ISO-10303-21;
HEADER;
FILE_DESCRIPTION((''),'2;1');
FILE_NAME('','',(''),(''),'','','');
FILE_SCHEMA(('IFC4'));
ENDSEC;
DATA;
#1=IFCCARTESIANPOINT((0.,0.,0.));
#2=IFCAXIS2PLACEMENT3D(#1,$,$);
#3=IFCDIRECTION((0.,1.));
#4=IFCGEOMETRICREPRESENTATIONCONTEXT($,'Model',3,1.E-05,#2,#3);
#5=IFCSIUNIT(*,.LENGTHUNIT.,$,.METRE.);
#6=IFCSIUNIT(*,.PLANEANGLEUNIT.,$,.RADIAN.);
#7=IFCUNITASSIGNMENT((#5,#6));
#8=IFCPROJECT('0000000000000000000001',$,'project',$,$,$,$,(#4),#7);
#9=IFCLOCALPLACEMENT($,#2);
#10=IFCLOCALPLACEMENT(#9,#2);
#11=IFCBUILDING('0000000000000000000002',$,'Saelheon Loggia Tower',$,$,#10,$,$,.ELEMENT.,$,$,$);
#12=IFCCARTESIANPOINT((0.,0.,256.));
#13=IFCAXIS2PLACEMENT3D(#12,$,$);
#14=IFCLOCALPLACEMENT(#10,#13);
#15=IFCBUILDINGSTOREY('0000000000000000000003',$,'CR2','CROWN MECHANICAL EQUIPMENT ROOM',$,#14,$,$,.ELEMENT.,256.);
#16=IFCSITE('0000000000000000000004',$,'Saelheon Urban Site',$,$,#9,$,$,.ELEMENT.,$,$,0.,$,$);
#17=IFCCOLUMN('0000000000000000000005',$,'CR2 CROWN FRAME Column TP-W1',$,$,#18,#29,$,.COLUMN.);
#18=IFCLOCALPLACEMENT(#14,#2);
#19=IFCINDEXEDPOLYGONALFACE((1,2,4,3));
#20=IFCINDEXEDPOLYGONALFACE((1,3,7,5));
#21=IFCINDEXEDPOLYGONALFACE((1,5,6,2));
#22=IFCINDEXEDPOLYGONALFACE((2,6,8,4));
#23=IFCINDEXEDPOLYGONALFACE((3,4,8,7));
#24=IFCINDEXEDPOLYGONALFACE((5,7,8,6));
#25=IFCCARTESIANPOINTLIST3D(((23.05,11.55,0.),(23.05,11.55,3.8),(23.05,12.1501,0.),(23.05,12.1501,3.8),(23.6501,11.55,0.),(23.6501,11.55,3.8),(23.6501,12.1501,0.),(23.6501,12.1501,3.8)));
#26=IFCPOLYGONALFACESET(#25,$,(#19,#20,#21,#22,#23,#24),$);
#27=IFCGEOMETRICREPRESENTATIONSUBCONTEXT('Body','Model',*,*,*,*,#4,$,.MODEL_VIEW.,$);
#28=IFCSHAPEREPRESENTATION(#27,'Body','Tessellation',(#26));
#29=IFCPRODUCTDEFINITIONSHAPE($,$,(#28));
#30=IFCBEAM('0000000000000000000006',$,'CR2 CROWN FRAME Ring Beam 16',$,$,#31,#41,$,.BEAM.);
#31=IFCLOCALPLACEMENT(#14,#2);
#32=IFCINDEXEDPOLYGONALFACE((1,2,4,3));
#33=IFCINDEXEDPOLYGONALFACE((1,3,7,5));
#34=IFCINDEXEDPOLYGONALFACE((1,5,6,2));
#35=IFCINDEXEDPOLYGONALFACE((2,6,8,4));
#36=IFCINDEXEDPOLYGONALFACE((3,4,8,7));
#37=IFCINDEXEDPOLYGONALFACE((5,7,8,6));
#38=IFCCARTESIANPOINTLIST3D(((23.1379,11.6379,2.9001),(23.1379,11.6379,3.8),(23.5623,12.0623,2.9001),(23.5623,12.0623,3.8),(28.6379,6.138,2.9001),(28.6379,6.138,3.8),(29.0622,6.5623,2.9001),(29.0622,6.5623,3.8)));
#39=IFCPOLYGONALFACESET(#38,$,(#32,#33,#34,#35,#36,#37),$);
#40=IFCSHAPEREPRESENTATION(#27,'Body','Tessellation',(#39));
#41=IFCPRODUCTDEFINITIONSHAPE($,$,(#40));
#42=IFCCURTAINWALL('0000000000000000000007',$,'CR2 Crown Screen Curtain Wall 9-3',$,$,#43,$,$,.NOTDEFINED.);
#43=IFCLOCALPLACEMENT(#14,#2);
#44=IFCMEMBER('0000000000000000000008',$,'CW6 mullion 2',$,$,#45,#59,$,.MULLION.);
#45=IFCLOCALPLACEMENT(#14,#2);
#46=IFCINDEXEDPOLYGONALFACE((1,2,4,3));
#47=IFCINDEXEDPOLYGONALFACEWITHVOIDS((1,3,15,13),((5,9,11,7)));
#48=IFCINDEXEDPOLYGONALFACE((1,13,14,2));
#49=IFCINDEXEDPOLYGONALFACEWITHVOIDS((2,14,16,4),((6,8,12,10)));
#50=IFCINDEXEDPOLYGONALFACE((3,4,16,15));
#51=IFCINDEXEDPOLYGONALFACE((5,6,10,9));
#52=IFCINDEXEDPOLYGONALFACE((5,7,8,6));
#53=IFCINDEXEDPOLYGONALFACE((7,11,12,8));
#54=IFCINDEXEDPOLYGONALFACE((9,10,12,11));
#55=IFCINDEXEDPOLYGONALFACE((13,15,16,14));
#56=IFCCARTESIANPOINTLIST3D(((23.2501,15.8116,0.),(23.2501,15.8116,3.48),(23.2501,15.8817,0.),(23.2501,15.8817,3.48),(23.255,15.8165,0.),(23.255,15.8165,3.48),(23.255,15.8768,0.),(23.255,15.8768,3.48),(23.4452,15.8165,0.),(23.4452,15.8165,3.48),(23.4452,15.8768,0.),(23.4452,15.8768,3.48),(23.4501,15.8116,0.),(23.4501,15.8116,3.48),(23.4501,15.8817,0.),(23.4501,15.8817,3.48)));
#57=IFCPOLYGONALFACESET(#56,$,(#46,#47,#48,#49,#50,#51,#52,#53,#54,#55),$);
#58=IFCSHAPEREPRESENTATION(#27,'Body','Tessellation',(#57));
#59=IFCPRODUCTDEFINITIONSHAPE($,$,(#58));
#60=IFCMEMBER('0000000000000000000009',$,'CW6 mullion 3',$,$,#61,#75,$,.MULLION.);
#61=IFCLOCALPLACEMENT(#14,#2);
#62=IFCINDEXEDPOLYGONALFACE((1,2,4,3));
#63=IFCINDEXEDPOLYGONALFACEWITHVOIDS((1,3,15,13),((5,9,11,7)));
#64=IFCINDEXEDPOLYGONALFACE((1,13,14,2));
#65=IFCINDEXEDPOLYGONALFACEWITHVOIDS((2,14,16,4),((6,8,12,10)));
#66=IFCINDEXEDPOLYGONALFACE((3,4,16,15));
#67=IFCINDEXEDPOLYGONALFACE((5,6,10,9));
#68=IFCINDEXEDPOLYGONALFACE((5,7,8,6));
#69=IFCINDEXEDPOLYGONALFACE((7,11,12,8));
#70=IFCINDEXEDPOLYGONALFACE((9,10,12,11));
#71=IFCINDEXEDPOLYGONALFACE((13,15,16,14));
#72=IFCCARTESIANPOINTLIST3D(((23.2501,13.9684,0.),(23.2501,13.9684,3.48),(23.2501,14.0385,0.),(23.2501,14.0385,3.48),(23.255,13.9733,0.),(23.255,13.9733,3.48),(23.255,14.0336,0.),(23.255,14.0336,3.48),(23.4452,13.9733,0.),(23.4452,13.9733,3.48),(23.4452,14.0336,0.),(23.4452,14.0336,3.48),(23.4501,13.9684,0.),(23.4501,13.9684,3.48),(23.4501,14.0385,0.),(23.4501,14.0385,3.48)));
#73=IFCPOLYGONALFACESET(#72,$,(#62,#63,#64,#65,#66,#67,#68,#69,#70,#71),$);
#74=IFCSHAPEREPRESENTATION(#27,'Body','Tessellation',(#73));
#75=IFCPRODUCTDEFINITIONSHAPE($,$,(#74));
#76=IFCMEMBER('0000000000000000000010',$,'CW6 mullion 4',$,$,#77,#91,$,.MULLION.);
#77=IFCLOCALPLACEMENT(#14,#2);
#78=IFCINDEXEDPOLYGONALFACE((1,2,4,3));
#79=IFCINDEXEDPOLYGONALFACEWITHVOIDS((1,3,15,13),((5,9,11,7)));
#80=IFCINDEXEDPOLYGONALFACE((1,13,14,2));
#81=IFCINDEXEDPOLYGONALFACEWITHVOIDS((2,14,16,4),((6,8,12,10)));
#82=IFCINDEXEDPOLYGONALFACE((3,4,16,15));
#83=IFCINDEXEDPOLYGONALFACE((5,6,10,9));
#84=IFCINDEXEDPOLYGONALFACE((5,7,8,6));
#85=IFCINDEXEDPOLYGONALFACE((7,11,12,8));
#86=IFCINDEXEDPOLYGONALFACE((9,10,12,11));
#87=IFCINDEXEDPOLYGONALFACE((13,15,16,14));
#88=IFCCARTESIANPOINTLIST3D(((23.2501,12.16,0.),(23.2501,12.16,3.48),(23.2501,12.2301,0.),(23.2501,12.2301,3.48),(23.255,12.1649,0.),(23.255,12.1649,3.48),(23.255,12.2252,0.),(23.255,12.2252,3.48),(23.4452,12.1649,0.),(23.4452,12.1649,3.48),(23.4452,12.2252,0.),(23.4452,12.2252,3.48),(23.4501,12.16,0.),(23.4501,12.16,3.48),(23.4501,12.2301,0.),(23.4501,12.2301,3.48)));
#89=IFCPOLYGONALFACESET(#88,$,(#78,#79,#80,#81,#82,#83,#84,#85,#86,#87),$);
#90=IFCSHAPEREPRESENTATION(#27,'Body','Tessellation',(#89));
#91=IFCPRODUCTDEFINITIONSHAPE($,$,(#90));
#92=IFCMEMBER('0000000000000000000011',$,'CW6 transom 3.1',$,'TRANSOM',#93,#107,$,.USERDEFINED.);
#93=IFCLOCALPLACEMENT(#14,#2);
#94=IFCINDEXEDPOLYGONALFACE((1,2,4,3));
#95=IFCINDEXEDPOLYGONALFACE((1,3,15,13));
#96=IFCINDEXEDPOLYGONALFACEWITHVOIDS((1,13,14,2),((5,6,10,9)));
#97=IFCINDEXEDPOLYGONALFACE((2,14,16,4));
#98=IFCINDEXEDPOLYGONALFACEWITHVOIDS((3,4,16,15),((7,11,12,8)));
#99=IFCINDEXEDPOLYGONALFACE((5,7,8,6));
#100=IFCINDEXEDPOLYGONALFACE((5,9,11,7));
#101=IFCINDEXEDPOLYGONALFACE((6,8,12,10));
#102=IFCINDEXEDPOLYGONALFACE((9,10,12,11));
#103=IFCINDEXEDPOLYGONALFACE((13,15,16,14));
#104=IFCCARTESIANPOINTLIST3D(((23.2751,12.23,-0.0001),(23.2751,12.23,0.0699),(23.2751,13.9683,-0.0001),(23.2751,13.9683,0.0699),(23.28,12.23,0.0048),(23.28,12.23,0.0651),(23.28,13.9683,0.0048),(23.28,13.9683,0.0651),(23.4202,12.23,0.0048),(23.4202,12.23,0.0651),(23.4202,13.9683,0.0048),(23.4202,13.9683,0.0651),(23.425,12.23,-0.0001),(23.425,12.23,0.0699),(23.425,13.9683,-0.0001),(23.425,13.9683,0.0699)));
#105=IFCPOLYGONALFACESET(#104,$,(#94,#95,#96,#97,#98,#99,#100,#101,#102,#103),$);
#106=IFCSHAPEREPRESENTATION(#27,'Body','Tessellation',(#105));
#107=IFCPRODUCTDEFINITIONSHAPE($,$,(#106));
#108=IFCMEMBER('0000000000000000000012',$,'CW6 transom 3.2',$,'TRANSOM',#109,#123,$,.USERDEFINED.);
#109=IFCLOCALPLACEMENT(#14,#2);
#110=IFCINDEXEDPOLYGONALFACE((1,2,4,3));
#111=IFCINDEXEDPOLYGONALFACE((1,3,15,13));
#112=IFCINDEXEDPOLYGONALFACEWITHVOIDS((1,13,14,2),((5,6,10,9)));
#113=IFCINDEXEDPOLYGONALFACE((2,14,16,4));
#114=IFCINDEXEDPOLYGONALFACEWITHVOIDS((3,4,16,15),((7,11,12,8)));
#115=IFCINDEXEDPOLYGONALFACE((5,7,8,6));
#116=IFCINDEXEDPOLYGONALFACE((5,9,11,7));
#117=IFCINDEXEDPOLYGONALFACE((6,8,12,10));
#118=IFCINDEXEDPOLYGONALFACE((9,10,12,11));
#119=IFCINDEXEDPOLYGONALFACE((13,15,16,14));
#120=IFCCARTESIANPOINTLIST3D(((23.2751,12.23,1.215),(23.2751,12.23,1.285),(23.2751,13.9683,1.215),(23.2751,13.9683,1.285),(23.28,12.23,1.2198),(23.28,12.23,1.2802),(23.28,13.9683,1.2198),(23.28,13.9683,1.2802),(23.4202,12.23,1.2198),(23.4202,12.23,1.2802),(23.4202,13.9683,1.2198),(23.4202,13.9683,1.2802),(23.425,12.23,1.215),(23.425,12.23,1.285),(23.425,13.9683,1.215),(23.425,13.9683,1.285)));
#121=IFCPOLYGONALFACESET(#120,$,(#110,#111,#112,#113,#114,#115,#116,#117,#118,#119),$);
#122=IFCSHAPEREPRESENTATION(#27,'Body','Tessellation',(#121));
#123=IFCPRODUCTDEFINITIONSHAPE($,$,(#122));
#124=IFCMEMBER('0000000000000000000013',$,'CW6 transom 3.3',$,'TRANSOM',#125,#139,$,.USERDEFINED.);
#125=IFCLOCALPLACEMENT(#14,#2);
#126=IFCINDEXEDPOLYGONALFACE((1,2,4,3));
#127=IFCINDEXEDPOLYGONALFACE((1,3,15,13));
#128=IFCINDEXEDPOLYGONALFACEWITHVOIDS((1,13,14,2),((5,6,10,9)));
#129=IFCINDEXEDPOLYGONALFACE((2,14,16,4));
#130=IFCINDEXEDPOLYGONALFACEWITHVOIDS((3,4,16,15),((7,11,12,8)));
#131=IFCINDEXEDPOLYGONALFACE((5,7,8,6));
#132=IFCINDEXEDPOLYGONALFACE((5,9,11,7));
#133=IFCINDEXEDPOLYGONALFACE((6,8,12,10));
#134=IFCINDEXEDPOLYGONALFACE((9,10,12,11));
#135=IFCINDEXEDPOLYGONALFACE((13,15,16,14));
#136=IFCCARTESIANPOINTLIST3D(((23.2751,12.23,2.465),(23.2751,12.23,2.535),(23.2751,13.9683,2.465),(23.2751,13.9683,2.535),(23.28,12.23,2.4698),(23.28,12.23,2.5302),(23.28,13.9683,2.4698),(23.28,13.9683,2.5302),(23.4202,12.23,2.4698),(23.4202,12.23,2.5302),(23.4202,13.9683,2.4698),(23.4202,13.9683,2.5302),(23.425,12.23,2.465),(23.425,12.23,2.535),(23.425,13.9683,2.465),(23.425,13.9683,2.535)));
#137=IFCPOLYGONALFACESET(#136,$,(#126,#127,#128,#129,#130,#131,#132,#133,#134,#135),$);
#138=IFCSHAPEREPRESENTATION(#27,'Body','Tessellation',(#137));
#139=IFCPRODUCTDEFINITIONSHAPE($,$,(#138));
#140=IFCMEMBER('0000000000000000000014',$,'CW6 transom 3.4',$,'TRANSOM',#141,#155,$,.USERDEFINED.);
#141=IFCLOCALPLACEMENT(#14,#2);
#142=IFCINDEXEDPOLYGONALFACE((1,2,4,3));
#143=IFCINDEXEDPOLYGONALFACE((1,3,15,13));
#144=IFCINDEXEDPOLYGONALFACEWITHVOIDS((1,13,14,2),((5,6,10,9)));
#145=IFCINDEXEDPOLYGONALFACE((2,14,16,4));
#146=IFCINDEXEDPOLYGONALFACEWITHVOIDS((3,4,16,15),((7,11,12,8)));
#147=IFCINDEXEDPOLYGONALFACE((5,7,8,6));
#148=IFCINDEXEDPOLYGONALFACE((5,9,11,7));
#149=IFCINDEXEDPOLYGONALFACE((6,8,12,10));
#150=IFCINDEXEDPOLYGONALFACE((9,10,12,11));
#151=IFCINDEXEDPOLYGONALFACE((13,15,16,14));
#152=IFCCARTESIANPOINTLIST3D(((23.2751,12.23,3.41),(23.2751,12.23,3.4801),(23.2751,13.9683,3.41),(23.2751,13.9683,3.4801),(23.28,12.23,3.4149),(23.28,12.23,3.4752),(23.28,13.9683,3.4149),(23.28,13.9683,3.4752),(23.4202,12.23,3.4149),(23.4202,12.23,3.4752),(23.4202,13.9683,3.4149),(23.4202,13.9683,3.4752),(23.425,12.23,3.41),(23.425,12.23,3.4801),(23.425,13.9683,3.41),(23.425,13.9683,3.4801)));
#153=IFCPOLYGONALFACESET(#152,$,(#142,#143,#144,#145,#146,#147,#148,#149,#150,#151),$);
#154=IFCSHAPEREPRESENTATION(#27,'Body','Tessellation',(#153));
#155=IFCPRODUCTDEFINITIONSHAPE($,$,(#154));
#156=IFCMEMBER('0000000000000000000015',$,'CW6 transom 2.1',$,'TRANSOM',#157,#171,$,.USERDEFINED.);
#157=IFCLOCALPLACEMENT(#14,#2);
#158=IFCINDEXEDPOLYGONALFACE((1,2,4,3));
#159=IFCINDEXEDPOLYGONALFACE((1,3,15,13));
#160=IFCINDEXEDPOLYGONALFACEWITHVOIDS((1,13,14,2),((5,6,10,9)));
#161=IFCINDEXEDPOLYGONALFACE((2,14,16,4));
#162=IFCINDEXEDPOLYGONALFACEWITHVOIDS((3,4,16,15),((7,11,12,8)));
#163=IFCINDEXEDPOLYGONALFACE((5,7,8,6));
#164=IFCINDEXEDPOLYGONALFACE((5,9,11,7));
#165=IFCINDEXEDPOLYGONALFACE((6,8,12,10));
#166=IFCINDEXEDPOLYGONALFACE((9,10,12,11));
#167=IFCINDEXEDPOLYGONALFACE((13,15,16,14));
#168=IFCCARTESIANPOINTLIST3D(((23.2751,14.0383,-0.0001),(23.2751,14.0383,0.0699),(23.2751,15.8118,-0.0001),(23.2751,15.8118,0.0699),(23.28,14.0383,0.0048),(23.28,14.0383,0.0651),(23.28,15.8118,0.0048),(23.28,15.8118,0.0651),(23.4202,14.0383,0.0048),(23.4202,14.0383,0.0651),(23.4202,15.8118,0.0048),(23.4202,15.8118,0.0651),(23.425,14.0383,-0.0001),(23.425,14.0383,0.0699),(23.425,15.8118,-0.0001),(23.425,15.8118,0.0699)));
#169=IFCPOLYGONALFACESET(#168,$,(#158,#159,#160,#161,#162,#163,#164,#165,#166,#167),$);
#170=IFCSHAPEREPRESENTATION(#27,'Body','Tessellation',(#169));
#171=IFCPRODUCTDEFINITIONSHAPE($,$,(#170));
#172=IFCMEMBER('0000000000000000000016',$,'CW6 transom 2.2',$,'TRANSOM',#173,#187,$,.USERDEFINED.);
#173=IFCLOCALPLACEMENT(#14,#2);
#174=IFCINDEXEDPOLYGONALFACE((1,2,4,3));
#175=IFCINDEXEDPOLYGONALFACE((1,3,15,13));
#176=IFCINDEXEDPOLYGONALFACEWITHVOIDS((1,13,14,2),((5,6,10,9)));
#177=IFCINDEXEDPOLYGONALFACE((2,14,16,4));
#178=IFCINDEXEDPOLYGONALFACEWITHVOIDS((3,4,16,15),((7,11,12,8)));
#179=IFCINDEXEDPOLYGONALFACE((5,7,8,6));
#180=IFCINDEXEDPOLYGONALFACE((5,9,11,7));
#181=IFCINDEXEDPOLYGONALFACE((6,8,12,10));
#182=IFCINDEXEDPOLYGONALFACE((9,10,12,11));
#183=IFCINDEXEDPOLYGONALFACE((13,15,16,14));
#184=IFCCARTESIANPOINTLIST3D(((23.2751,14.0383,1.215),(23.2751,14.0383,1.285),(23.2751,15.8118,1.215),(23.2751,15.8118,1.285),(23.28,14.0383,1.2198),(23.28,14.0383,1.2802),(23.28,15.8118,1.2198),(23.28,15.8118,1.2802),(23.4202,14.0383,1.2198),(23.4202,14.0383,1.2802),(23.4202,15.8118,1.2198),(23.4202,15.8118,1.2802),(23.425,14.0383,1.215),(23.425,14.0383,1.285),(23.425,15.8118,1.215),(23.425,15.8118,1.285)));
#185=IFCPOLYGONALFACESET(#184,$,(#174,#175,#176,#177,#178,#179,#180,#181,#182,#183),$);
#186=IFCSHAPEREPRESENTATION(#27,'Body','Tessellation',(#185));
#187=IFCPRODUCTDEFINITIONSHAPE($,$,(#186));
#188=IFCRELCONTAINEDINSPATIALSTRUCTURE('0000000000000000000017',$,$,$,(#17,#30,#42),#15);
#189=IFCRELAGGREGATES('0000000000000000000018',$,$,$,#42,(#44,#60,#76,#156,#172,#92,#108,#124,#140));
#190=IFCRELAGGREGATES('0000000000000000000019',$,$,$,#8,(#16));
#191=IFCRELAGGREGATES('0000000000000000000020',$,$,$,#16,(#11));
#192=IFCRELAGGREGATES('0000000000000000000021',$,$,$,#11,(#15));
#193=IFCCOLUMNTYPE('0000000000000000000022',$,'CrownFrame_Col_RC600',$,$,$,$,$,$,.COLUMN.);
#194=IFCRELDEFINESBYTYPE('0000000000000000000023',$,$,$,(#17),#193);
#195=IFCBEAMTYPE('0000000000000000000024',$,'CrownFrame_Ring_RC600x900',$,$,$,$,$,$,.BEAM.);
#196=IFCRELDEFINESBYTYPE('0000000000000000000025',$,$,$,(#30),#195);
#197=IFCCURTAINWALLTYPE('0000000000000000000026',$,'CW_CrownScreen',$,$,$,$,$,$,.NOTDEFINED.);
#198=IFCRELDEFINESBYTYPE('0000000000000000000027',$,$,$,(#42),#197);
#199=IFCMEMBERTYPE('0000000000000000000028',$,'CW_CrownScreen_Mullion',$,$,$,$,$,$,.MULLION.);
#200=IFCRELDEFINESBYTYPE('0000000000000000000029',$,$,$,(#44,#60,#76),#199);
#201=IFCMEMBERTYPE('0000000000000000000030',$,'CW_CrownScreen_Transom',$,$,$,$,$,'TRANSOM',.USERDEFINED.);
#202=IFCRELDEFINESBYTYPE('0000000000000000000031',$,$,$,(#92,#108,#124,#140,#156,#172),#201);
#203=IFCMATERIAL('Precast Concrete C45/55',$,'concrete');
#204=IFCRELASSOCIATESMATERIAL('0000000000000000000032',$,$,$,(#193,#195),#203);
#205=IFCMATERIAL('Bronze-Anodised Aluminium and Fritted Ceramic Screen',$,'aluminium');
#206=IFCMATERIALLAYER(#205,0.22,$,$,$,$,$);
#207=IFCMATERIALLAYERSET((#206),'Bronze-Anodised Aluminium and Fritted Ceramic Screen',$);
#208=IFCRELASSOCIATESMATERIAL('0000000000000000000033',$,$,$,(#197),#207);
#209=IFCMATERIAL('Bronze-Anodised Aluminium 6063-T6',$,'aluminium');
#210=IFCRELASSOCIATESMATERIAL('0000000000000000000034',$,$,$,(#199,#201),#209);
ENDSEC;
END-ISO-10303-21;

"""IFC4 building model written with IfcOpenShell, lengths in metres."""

from ifc_helpers import new_model, si_unit, direction, frame, origin, origin_2d, place, context, subcontext, project, spatial, rectangle, hollow_rectangle, extrude, source, transform, mapped, material, layer, layer_set, material_profile, profile_set, type_object, element, aggregate, save


model = new_model("IFC4")

# Units and contexts
model_context = context("Model", 3, precision=1e-05, world=origin(), true_north=direction((0.0, 1.0)))
body_context = subcontext(model_context, "Body", "Model", "MODEL_VIEW")
ifc_project = project(units=[si_unit("LENGTHUNIT", "METRE"), si_unit("PLANEANGLEUNIT", "RADIAN")], contexts=[model_context])

# Site, building, storey
site_placement = place(None, origin())
site = spatial("IfcSite", under=ifc_project, at=site_placement, Name="Saelheon Urban Site", CompositionType="ELEMENT", RefElevation=0.0)
building_placement = place(site_placement, origin())
building = spatial("IfcBuilding", under=site, at=building_placement, Name="Saelheon Loggia Tower", CompositionType="ELEMENT")
storey_placement = place(building_placement, frame((0.0, 0.0, 256.0)))
storey = spatial("IfcBuildingStorey", under=building, at=storey_placement, Name="CR2", Description="CROWN MECHANICAL EQUIPMENT ROOM", CompositionType="ELEMENT", Elevation=256.0)

# Column
ifc_material_1 = material(Name="Precast Concrete C45/55", Category="concrete")
ifc_material_profile_1 = material_profile(ifc_material_1, rectangle(XDim=0.6001, YDim=0.6001, at=origin_2d()), Name="RC-600x600")
ifc_profile_set_1 = profile_set([ifc_material_profile_1], Name="Precast Concrete C45/55")
column_type = type_object("IfcColumnType", Name="CrownFrame_Col_RC600", PredefinedType="COLUMN", material=ifc_profile_set_1)
shared_shape_1 = source(origin(), body_context, "Body", "SweptSolid", [
    extrude(rectangle(XDim=0.6001, YDim=0.6001, at=origin_2d()), origin(), (0.0, 0.0, 1.0), 3.8),
])
column_placement = place(storey_placement, frame((23.3501, 11.8501, 0.0), z_axis=(0.0, 0.0, 1.0), x_axis=(1.0, 0.0, 0.0)))
element("IfcColumn", 1, at=column_placement, inside=storey, type_object=column_type, Name="CR2 CROWN FRAME Column TP-W1", PredefinedType="COLUMN", context=body_context, shape_type="MappedRepresentation", body=[
    mapped(shared_shape_1, transform((0.0, 0.0, 0.0), scale=1.0)),
])

# Beam
ifc_material_profile_2 = material_profile(ifc_material_1, rectangle(XDim=0.6001, YDim=0.8999, at=origin_2d()), Name="RC-600x900")
ifc_profile_set_2 = profile_set([ifc_material_profile_2], Name="Precast Concrete C45/55")
beam_type = type_object("IfcBeamType", Name="CrownFrame_Ring_RC600x900", PredefinedType="BEAM", material=ifc_profile_set_2)
shared_shape_2 = source(origin(), body_context, "Body", "SweptSolid", [
    extrude(rectangle(XDim=0.6001, YDim=0.8999, at=origin_2d()), origin(), (0.0, 0.0, 1.0), 7.7781),
])
beam_placement = place(storey_placement, frame((23.3501, 11.8501, 3.3501), z_axis=(0.707107, -0.707107, 0.0), x_axis=(0.707107, 0.707107, 0.0)))
element("IfcBeam", 2, at=beam_placement, inside=storey, type_object=beam_type, Name="CR2 CROWN FRAME Ring Beam 16", PredefinedType="BEAM", context=body_context, shape_type="MappedRepresentation", body=[
    mapped(shared_shape_2, transform((0.0, 0.0, 0.0), scale=1.0)),
])

# Curtain wall, members
ifc_material_2 = material(Name="Bronze-Anodised Aluminium and Fritted Ceramic Screen", Category="aluminium")
ifc_layer_1 = layer(ifc_material_2, 0.22)
ifc_layer_set_1 = layer_set([ifc_layer_1], Name="Bronze-Anodised Aluminium and Fritted Ceramic Screen")
curtain_wall_type = type_object("IfcCurtainWallType", Name="CW_CrownScreen", PredefinedType="NOTDEFINED", material=ifc_layer_set_1)
curtain_wall_placement = place(storey_placement, origin())
curtain_wall = element("IfcCurtainWall", 3, at=curtain_wall_placement, inside=storey, type_object=curtain_wall_type, Name="CR2 Crown Screen Curtain Wall 9-3", PredefinedType="NOTDEFINED")
ifc_material_3 = material(Name="Bronze-Anodised Aluminium 6063-T6", Category="aluminium")
ifc_material_profile_3 = material_profile(ifc_material_3, hollow_rectangle(XDim=0.0701, YDim=0.2, WallThickness=0.0049, at=origin_2d()), Name="RHS-200x70x5")
ifc_profile_set_3 = profile_set([ifc_material_profile_3], Name="Bronze-Anodised Aluminium 6063-T6")
member_type_1 = type_object("IfcMemberType", Name="CW_CrownScreen_Mullion", PredefinedType="MULLION", material=ifc_profile_set_3)
shared_shape_3 = source(origin(), body_context, "Body", "SweptSolid", [
    extrude(hollow_rectangle(XDim=0.0701, YDim=0.2, WallThickness=0.0049, at=origin_2d()), origin(), (0.0, 0.0, 1.0), 3.48),
])
member_1_placement = place(storey_placement, frame((23.3501, 15.8467, 0.0), z_axis=(0.0, 0.0, 1.0), x_axis=(0.0, -1.0, 0.0)))
member_1 = element("IfcMember", 4, at=member_1_placement, type_object=member_type_1, Name="CW6 mullion 2", PredefinedType="MULLION", context=body_context, shape_type="MappedRepresentation", body=[
    mapped(shared_shape_3, transform((0.0, 0.0, 0.0), scale=1.0)),
])
member_2_placement = place(storey_placement, frame((23.3501, 14.0034, 0.0), z_axis=(0.0, 0.0, 1.0), x_axis=(0.0, -1.0, 0.0)))
member_2 = element("IfcMember", 5, at=member_2_placement, type_object=member_type_1, Name="CW6 mullion 3", PredefinedType="MULLION", context=body_context, shape_type="MappedRepresentation", body=[
    mapped(shared_shape_3, transform((0.0, 0.0, 0.0), scale=1.0)),
])
member_3_placement = place(storey_placement, frame((23.3501, 12.1951, 0.0), z_axis=(0.0, 0.0, 1.0), x_axis=(0.0, -1.0, 0.0)))
member_3 = element("IfcMember", 6, at=member_3_placement, type_object=member_type_1, Name="CW6 mullion 4", PredefinedType="MULLION", context=body_context, shape_type="MappedRepresentation", body=[
    mapped(shared_shape_3, transform((0.0, 0.0, 0.0), scale=1.0)),
])
ifc_material_profile_4 = material_profile(ifc_material_3, hollow_rectangle(XDim=0.0701, YDim=0.1499, WallThickness=0.0049, at=origin_2d()), Name="RHS-150x70x5")
ifc_profile_set_4 = profile_set([ifc_material_profile_4], Name="Bronze-Anodised Aluminium 6063-T6")
member_type_2 = type_object("IfcMemberType", Name="CW_CrownScreen_Transom", ElementType="TRANSOM", PredefinedType="USERDEFINED", material=ifc_profile_set_4)
shared_shape_4 = source(origin(), body_context, "Body", "SweptSolid", [
    extrude(hollow_rectangle(XDim=0.0701, YDim=0.1499, WallThickness=0.0049, at=origin_2d()), origin(), (0.0, 0.0, 1.0), 1.7383),
])
member_4_placement = place(storey_placement, frame((23.3501, 13.9683, 0.0349), z_axis=(0.0, -1.0, 0.0), x_axis=(0.0, 0.0, 1.0)))
member_4 = element("IfcMember", 7, at=member_4_placement, type_object=member_type_2, Name="CW6 transom 3.1", ObjectType="TRANSOM", PredefinedType="USERDEFINED", context=body_context, shape_type="MappedRepresentation", body=[
    mapped(shared_shape_4, transform((0.0, 0.0, 0.0), scale=1.0)),
])
member_5_placement = place(storey_placement, frame((23.3501, 13.9683, 1.25), z_axis=(0.0, -1.0, 0.0), x_axis=(0.0, 0.0, 1.0)))
member_5 = element("IfcMember", 8, at=member_5_placement, type_object=member_type_2, Name="CW6 transom 3.2", ObjectType="TRANSOM", PredefinedType="USERDEFINED", context=body_context, shape_type="MappedRepresentation", body=[
    mapped(shared_shape_4, transform((0.0, 0.0, 0.0), scale=1.0)),
])
member_6_placement = place(storey_placement, frame((23.3501, 13.9683, 2.5), z_axis=(0.0, -1.0, 0.0), x_axis=(0.0, 0.0, 1.0)))
member_6 = element("IfcMember", 9, at=member_6_placement, type_object=member_type_2, Name="CW6 transom 3.3", ObjectType="TRANSOM", PredefinedType="USERDEFINED", context=body_context, shape_type="MappedRepresentation", body=[
    mapped(shared_shape_4, transform((0.0, 0.0, 0.0), scale=1.0)),
])
member_7_placement = place(storey_placement, frame((23.3501, 13.9683, 3.4451), z_axis=(0.0, -1.0, 0.0), x_axis=(0.0, 0.0, 1.0)))
member_7 = element("IfcMember", 10, at=member_7_placement, type_object=member_type_2, Name="CW6 transom 3.4", ObjectType="TRANSOM", PredefinedType="USERDEFINED", context=body_context, shape_type="MappedRepresentation", body=[
    mapped(shared_shape_4, transform((0.0, 0.0, 0.0), scale=1.0)),
])
shared_shape_5 = source(origin(), body_context, "Body", "SweptSolid", [
    extrude(hollow_rectangle(XDim=0.0701, YDim=0.1499, WallThickness=0.0049, at=origin_2d()), origin(), (0.0, 0.0, 1.0), 1.7734),
])
member_8_placement = place(storey_placement, frame((23.3501, 15.8118, 0.0349), z_axis=(0.0, -1.0, 0.0), x_axis=(0.0, 0.0, 1.0)))
member_8 = element("IfcMember", 11, at=member_8_placement, type_object=member_type_2, Name="CW6 transom 2.1", ObjectType="TRANSOM", PredefinedType="USERDEFINED", context=body_context, shape_type="MappedRepresentation", body=[
    mapped(shared_shape_5, transform((0.0, 0.0, 0.0), scale=1.0)),
])
member_9_placement = place(storey_placement, frame((23.3501, 15.8118, 1.25), z_axis=(0.0, -1.0, 0.0), x_axis=(0.0, 0.0, 1.0)))
member_9 = element("IfcMember", 12, at=member_9_placement, type_object=member_type_2, Name="CW6 transom 2.2", ObjectType="TRANSOM", PredefinedType="USERDEFINED", context=body_context, shape_type="MappedRepresentation", body=[
    mapped(shared_shape_5, transform((0.0, 0.0, 0.0), scale=1.0)),
])

aggregate(curtain_wall, [member_1, member_2, member_3, member_8, member_9, member_4, member_5, member_6, member_7])

save(model, "model.ifc")
